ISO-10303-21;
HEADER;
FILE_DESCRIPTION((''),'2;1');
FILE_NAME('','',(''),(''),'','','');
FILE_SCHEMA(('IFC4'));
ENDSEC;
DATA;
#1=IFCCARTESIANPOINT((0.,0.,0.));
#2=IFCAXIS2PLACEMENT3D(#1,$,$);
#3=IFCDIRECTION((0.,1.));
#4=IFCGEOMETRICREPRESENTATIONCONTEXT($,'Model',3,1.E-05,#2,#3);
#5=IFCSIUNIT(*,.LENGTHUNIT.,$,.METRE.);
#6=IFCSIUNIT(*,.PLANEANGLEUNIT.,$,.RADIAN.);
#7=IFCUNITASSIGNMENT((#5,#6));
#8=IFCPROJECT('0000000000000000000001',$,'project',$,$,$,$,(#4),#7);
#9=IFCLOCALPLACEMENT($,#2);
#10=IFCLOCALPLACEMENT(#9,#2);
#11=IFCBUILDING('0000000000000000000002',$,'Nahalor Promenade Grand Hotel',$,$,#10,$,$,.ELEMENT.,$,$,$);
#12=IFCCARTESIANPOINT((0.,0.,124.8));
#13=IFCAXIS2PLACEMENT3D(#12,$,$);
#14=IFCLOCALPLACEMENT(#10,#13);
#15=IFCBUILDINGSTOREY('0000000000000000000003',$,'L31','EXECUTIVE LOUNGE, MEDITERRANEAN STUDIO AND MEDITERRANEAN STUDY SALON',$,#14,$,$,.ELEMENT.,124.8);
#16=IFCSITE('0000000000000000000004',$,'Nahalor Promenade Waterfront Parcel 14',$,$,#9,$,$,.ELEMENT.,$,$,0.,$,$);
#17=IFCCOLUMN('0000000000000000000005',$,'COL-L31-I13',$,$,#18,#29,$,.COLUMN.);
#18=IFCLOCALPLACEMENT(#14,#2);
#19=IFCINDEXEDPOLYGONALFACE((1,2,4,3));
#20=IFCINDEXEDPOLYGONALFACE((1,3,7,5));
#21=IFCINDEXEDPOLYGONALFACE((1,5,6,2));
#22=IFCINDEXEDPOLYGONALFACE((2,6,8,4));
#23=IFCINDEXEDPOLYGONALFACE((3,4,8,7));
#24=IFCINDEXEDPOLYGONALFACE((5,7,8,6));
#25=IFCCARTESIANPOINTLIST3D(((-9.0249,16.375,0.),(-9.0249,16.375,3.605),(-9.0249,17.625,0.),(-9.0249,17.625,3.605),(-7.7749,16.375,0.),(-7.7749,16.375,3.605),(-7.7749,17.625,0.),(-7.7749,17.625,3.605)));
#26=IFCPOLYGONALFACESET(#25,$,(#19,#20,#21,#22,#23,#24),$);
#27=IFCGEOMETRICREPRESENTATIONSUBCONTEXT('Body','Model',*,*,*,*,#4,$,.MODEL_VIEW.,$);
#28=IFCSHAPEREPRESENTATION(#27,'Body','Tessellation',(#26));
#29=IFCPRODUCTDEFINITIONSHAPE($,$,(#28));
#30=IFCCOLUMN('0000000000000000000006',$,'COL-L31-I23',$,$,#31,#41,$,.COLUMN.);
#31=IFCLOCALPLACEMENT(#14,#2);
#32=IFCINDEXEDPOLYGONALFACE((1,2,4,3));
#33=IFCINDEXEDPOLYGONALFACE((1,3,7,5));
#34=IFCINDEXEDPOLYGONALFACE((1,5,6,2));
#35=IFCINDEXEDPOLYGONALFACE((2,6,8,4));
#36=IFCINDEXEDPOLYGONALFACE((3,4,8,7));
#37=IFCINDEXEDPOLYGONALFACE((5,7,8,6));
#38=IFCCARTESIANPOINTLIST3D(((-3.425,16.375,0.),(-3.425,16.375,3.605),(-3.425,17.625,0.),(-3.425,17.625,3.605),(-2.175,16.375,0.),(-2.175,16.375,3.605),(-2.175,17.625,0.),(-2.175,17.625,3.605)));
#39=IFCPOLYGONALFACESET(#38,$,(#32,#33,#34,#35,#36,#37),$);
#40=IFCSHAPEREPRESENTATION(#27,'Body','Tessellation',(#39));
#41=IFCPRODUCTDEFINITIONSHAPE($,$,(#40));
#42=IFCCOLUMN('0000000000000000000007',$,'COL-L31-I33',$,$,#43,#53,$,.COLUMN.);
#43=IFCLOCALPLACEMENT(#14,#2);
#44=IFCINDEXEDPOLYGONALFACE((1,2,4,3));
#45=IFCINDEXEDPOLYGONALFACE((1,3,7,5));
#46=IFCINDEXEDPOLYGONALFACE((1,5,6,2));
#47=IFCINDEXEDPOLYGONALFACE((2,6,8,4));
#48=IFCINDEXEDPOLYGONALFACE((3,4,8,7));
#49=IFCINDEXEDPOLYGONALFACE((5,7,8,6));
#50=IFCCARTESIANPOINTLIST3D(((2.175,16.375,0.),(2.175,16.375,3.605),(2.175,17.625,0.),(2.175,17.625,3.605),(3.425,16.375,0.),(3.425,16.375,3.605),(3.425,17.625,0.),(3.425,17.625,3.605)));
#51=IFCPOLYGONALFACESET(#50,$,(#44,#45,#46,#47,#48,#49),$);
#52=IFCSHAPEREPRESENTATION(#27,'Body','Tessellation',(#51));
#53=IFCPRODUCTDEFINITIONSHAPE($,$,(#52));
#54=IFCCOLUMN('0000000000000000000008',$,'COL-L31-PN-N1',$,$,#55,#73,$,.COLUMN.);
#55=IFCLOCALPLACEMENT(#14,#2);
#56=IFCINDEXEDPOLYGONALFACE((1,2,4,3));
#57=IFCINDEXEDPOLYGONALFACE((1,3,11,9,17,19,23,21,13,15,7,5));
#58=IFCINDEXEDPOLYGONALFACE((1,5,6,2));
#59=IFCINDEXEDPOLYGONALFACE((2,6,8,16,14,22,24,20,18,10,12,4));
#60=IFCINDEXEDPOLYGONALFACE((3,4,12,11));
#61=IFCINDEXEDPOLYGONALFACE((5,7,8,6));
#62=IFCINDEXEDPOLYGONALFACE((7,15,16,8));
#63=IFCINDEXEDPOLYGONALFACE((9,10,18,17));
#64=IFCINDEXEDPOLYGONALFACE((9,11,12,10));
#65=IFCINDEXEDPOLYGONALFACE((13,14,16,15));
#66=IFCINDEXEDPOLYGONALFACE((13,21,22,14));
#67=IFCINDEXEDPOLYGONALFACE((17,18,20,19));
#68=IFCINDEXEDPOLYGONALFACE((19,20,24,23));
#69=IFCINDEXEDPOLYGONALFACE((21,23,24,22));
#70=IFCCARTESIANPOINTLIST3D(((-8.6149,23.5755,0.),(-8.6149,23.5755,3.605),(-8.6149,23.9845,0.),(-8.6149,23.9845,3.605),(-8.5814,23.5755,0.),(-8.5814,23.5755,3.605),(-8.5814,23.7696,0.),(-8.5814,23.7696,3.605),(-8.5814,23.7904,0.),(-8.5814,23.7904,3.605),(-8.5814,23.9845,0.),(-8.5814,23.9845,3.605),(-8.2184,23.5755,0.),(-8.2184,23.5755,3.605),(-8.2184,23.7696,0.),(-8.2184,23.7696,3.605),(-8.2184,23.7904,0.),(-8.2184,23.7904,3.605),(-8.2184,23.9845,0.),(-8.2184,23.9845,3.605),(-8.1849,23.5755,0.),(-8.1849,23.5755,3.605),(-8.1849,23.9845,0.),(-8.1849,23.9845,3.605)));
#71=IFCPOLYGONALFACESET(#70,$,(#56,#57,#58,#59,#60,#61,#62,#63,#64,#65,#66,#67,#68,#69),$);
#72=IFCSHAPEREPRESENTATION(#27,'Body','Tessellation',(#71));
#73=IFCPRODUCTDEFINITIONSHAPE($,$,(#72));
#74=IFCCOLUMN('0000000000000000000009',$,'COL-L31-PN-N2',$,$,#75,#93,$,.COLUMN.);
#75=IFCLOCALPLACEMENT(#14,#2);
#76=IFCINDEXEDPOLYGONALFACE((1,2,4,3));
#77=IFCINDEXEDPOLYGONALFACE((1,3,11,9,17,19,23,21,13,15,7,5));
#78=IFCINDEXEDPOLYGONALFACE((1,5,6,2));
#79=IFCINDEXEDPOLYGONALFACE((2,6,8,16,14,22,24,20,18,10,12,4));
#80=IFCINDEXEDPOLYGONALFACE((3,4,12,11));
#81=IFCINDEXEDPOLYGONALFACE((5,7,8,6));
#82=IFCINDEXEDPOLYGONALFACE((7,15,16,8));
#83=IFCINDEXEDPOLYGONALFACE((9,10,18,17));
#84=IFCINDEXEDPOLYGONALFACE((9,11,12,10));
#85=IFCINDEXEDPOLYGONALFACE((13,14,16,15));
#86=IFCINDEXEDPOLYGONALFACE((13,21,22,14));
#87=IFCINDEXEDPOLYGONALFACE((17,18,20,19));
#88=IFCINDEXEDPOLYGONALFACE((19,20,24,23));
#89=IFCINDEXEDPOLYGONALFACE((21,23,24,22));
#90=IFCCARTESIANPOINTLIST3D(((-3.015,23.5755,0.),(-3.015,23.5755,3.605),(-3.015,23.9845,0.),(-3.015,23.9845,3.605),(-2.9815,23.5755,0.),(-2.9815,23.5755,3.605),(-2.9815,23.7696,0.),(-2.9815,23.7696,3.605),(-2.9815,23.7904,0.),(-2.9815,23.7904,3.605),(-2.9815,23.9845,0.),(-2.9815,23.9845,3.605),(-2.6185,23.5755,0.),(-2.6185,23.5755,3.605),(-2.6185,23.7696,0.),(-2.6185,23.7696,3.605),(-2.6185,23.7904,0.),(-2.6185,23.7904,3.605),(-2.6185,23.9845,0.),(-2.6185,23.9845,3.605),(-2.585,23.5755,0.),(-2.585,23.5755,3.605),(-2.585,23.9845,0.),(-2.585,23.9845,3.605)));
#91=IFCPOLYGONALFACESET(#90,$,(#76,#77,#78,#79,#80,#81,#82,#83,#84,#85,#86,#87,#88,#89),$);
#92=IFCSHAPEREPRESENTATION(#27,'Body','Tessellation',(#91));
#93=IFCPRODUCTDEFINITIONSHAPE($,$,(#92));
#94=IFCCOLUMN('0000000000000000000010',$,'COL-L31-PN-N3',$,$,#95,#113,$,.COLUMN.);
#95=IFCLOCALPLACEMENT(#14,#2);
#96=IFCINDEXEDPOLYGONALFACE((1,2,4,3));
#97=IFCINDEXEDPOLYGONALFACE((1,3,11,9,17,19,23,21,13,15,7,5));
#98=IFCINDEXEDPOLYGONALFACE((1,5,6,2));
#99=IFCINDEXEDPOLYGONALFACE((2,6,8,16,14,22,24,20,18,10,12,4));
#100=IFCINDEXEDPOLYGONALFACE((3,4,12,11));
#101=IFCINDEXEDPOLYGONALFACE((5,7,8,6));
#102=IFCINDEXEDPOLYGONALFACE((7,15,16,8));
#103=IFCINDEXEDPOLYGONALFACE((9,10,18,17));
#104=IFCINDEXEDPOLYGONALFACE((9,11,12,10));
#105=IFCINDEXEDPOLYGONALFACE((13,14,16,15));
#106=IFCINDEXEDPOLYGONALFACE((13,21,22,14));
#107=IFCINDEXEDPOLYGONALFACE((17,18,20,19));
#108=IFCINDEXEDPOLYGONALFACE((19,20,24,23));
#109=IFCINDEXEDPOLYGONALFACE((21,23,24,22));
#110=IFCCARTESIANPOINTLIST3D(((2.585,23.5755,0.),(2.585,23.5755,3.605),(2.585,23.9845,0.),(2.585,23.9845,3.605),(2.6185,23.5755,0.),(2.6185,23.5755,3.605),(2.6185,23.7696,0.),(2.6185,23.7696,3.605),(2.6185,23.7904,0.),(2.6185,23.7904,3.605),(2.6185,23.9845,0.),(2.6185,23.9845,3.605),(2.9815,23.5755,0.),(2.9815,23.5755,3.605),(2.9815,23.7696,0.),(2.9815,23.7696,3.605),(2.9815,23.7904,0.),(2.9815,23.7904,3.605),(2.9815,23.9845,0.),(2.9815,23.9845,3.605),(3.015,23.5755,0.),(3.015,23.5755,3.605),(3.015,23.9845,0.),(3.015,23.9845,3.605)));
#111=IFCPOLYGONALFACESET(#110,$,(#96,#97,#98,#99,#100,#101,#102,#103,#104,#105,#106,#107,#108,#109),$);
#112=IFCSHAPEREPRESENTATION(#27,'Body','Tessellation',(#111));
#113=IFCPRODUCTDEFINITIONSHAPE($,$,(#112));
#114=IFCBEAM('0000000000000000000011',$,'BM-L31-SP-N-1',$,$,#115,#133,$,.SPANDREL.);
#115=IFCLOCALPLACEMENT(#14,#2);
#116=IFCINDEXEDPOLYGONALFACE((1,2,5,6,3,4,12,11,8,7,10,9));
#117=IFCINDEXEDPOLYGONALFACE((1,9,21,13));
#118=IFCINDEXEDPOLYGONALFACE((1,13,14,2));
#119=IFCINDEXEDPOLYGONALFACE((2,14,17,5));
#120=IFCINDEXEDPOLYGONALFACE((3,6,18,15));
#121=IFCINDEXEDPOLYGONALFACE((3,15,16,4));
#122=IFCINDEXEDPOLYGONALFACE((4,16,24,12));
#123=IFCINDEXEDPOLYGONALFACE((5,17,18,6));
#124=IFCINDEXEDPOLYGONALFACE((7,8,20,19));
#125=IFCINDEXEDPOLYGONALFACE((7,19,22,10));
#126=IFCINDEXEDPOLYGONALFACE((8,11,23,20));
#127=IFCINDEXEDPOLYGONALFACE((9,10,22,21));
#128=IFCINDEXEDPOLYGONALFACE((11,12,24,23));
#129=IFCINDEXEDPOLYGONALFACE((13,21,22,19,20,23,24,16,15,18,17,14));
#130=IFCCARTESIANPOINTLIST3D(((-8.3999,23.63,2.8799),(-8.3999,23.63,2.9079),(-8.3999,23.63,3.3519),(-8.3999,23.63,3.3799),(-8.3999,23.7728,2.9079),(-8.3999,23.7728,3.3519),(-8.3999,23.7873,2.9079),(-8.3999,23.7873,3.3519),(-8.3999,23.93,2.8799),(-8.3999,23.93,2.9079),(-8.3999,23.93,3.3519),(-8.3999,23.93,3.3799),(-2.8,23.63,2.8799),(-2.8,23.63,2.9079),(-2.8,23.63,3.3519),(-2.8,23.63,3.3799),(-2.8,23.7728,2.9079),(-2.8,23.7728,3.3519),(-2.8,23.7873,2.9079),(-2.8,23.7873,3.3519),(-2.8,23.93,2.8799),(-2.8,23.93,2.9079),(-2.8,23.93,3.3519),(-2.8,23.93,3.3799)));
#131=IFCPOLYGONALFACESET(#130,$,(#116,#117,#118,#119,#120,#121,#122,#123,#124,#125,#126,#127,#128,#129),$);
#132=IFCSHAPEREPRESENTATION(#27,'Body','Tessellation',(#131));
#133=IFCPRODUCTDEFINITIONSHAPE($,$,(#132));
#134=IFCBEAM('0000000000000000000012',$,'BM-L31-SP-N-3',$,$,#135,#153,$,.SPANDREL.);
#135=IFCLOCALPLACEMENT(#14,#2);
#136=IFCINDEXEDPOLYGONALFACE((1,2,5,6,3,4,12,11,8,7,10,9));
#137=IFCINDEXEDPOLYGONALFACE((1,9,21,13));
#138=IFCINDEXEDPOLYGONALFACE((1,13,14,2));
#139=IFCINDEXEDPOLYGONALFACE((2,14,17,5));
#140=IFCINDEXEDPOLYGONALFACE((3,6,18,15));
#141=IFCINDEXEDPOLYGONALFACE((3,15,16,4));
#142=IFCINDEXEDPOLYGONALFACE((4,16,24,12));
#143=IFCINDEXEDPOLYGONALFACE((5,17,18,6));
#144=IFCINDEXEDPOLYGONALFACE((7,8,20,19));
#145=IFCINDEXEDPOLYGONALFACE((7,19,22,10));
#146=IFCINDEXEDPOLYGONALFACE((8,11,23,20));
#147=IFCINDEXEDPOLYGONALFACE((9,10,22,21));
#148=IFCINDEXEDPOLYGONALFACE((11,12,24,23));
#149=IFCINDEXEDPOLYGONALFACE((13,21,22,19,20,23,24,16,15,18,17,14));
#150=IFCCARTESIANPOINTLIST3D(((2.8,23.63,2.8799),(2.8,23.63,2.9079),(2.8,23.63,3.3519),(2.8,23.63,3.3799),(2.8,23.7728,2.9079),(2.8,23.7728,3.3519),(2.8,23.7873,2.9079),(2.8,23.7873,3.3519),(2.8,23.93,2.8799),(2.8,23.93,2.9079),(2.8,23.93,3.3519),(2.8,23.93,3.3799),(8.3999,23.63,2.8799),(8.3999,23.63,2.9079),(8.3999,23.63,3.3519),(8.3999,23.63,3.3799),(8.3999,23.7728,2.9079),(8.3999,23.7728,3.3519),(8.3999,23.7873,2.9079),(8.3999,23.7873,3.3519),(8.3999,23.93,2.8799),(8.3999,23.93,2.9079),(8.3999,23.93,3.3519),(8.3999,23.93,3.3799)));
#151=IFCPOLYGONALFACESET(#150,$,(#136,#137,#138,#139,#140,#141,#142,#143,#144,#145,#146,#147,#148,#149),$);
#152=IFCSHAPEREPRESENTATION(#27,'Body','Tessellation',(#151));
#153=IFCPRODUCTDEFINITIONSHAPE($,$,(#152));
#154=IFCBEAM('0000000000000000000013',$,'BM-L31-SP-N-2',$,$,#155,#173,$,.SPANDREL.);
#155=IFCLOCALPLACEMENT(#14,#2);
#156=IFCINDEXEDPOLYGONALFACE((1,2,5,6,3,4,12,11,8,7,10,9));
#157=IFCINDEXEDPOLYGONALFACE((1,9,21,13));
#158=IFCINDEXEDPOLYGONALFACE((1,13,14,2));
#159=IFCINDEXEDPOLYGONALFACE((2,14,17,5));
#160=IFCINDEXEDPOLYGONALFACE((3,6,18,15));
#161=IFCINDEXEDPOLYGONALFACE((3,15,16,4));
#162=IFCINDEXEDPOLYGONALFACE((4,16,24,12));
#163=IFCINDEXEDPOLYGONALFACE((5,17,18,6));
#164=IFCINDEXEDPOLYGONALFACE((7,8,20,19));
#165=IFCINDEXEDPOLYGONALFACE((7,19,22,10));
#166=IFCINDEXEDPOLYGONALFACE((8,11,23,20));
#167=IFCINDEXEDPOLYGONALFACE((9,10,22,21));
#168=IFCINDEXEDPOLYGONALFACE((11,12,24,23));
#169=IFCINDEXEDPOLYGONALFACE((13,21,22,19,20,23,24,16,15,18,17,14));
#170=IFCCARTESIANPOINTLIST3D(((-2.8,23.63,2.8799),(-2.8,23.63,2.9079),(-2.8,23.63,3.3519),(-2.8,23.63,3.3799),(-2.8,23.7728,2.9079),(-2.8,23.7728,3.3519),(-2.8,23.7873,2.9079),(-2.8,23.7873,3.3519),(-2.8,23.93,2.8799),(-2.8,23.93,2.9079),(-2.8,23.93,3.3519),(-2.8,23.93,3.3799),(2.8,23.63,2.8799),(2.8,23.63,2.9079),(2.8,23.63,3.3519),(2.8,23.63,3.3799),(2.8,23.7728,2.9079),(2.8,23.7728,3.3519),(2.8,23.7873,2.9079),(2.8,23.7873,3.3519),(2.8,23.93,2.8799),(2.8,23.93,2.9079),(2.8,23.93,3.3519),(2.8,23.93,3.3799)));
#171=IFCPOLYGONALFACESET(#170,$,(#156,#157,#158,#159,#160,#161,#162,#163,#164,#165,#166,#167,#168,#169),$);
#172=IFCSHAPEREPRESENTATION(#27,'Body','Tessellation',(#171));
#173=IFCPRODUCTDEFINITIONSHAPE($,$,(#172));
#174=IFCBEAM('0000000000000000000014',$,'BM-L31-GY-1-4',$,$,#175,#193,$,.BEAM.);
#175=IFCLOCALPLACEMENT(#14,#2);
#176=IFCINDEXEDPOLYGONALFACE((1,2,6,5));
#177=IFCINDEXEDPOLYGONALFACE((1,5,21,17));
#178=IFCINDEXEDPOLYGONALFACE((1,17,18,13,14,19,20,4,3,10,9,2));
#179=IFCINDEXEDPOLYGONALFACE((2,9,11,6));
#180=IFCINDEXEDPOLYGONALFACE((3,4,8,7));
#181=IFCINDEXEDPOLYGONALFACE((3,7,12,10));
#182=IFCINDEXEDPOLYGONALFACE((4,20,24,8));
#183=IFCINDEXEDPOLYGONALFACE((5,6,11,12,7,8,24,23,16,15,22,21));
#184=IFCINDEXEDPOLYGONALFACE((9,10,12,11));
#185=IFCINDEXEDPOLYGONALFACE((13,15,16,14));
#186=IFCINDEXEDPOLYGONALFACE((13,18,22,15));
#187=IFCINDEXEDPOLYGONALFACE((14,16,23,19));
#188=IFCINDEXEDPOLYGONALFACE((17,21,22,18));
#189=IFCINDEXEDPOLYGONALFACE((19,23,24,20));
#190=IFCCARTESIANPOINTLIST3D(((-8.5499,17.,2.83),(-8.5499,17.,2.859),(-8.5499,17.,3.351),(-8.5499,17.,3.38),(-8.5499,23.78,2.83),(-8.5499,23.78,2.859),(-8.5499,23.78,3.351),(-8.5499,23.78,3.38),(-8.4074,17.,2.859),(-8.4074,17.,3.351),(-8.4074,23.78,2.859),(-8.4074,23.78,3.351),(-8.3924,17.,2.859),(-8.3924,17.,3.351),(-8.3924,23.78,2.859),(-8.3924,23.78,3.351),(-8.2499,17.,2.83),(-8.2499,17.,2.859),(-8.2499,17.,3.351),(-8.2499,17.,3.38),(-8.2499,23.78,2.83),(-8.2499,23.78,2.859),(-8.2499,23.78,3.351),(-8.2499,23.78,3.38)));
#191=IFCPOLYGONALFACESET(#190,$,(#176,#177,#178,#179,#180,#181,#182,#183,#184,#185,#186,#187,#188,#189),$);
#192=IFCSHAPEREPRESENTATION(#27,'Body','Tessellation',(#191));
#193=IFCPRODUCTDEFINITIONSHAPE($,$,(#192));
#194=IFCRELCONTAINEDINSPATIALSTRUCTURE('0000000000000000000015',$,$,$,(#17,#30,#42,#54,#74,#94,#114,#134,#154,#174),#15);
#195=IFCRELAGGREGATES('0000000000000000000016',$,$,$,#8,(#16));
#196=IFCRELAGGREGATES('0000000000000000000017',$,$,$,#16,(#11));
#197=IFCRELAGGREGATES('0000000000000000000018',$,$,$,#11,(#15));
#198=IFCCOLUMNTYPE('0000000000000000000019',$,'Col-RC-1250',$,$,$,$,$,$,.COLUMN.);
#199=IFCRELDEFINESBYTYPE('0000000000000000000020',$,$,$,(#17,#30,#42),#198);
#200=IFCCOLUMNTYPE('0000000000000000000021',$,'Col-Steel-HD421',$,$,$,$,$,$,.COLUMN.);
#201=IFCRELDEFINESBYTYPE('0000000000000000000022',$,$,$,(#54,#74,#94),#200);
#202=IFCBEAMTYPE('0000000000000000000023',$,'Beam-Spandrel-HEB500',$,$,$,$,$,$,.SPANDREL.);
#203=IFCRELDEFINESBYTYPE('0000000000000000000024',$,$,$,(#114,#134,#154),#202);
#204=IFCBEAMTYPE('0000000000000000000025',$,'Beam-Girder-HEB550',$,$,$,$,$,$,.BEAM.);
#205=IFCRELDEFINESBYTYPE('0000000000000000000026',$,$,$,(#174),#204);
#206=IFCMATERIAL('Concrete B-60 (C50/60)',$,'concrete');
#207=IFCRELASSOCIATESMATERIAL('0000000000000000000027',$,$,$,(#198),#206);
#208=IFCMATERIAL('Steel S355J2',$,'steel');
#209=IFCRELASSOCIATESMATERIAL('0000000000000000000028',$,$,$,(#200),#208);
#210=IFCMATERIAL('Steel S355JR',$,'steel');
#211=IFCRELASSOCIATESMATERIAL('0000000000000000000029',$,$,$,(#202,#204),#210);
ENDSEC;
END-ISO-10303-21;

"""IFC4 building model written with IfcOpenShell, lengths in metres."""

from ifc_helpers import new_model, si_unit, direction, frame, origin, origin_2d, place, context, subcontext, project, spatial, rectangle, i_section, extrude, source, transform, mapped, material, material_profile, profile_set, type_object, element, save


model = new_model("IFC4")

# Units and contexts
model_context = context("Model", 3, precision=1e-05, world=origin(), true_north=direction((0.0, 1.0)))
body_context = subcontext(model_context, "Body", "Model", "MODEL_VIEW")
ifc_project = project(units=[si_unit("LENGTHUNIT", "METRE"), si_unit("PLANEANGLEUNIT", "RADIAN")], contexts=[model_context])

# Site, building, storey
site_placement = place(None, origin())
site = spatial("IfcSite", under=ifc_project, at=site_placement, Name="Nahalor Promenade Waterfront Parcel 14", CompositionType="ELEMENT", RefElevation=0.0)
building_placement = place(site_placement, origin())
building = spatial("IfcBuilding", under=site, at=building_placement, Name="Nahalor Promenade Grand Hotel", CompositionType="ELEMENT")
storey_placement = place(building_placement, frame((0.0, 0.0, 124.8)))
storey = spatial("IfcBuildingStorey", under=building, at=storey_placement, Name="L31", Description="EXECUTIVE LOUNGE, MEDITERRANEAN STUDIO AND MEDITERRANEAN STUDY SALON", CompositionType="ELEMENT", Elevation=124.8)

# Columns
ifc_material_1 = material(Name="Concrete B-60 (C50/60)", Category="concrete")
ifc_material_profile_1 = material_profile(ifc_material_1, rectangle(XDim=1.25, YDim=1.25, at=origin_2d()), Name="RC 1250x1250")
ifc_profile_set_1 = profile_set([ifc_material_profile_1], Name="Concrete B-60 (C50/60)")
column_type_1 = type_object("IfcColumnType", Name="Col-RC-1250", PredefinedType="COLUMN", material=ifc_profile_set_1)
shared_shape_1 = source(origin(), body_context, "Body", "SweptSolid", [
    extrude(rectangle(XDim=1.25, YDim=1.25, at=origin_2d()), origin(), (0.0, 0.0, 1.0), 3.605),
])
for number, where, z_axis, x_axis, name in (
    (1, (-8.3999, 17.0, 0.0), (0.0, 0.0, 1.0), (1.0, 0.0, 0.0), "COL-L31-I13"),
    (2, (-2.8, 17.0, 0.0), (0.0, 0.0, 1.0), (1.0, 0.0, 0.0), "COL-L31-I23"),
    (3, (2.8, 17.0, 0.0), (0.0, 0.0, 1.0), (1.0, 0.0, 0.0), "COL-L31-I33"),
):
    element("IfcColumn", number, at=place(storey_placement, frame(where, z_axis=z_axis, x_axis=x_axis)), inside=storey, type_object=column_type_1, Name=name, PredefinedType="COLUMN", context=body_context, shape_type="MappedRepresentation", body=[
        mapped(shared_shape_1, transform((0.0, 0.0, 0.0), scale=1.0)),
    ])
ifc_material_2 = material(Name="Steel S355J2", Category="steel")
ifc_material_profile_2 = material_profile(ifc_material_2, i_section(OverallWidth=0.409, OverallDepth=0.43, WebThickness=0.0208, FlangeThickness=0.0335, at=origin_2d()), Name="HD 400x421")
ifc_profile_set_2 = profile_set([ifc_material_profile_2], Name="Steel S355J2")
column_type_2 = type_object("IfcColumnType", Name="Col-Steel-HD421", PredefinedType="COLUMN", material=ifc_profile_set_2)
shared_shape_2 = source(origin(), body_context, "Body", "SweptSolid", [
    extrude(i_section(OverallWidth=0.409, OverallDepth=0.43, WebThickness=0.0208, FlangeThickness=0.0335, at=origin_2d()), origin(), (0.0, 0.0, 1.0), 3.605),
])
for number, where, z_axis, x_axis, name in (
    (4, (-8.3999, 23.78, 0.0), (0.0, 0.0, 1.0), (0.0, 1.0, 0.0), "COL-L31-PN-N1"),
    (5, (-2.8, 23.78, 0.0), (0.0, 0.0, 1.0), (0.0, 1.0, 0.0), "COL-L31-PN-N2"),
    (6, (2.8, 23.78, 0.0), (0.0, 0.0, 1.0), (0.0, 1.0, 0.0), "COL-L31-PN-N3"),
):
    element("IfcColumn", number, at=place(storey_placement, frame(where, z_axis=z_axis, x_axis=x_axis)), inside=storey, type_object=column_type_2, Name=name, PredefinedType="COLUMN", context=body_context, shape_type="MappedRepresentation", body=[
        mapped(shared_shape_2, transform((0.0, 0.0, 0.0), scale=1.0)),
    ])

# Beams
ifc_material_3 = material(Name="Steel S355JR", Category="steel")
ifc_material_profile_3 = material_profile(ifc_material_3, i_section(OverallWidth=0.3, OverallDepth=0.5, WebThickness=0.0145, FlangeThickness=0.028, at=origin_2d()), Name="HEB 500")
ifc_profile_set_3 = profile_set([ifc_material_profile_3], Name="Steel S355JR")
beam_type_1 = type_object("IfcBeamType", Name="Beam-Spandrel-HEB500", PredefinedType="SPANDREL", material=ifc_profile_set_3)
shared_shape_3 = source(origin(), body_context, "Body", "SweptSolid", [
    extrude(i_section(OverallWidth=0.3, OverallDepth=0.5, WebThickness=0.0145, FlangeThickness=0.028, at=origin_2d()), origin(), (0.0, 0.0, 1.0), 5.5999),
])
for number, where, z_axis, x_axis, name in (
    (7, (-8.3999, 23.78, 3.1299), (1.0, 0.0, 0.0), (0.0, 1.0, 0.0), "BM-L31-SP-N-1"),
    (8, (2.8, 23.78, 3.1299), (1.0, 0.0, 0.0), (0.0, 1.0, 0.0), "BM-L31-SP-N-3"),
):
    element("IfcBeam", number, at=place(storey_placement, frame(where, z_axis=z_axis, x_axis=x_axis)), inside=storey, type_object=beam_type_1, Name=name, PredefinedType="SPANDREL", context=body_context, shape_type="MappedRepresentation", body=[
        mapped(shared_shape_3, transform((0.0, 0.0, 0.0), scale=1.0)),
    ])
shared_shape_4 = source(origin(), body_context, "Body", "SweptSolid", [
    extrude(i_section(OverallWidth=0.3, OverallDepth=0.5, WebThickness=0.0145, FlangeThickness=0.028, at=origin_2d()), origin(), (0.0, 0.0, 1.0), 5.6001),
])
beam_1_placement = place(storey_placement, frame((-2.8, 23.78, 3.1299), z_axis=(1.0, 0.0, 0.0), x_axis=(0.0, 1.0, 0.0)))
element("IfcBeam", 9, at=beam_1_placement, inside=storey, type_object=beam_type_1, Name="BM-L31-SP-N-2", PredefinedType="SPANDREL", context=body_context, shape_type="MappedRepresentation", body=[
    mapped(shared_shape_4, transform((0.0, 0.0, 0.0), scale=1.0)),
])
ifc_material_profile_4 = material_profile(ifc_material_3, i_section(OverallWidth=0.3, OverallDepth=0.55, WebThickness=0.015, FlangeThickness=0.029, at=origin_2d()), Name="HEB 550")
ifc_profile_set_4 = profile_set([ifc_material_profile_4], Name="Steel S355JR")
beam_type_2 = type_object("IfcBeamType", Name="Beam-Girder-HEB550", PredefinedType="BEAM", material=ifc_profile_set_4)
shared_shape_5 = source(origin(), body_context, "Body", "SweptSolid", [
    extrude(i_section(OverallWidth=0.3, OverallDepth=0.55, WebThickness=0.015, FlangeThickness=0.029, at=origin_2d()), origin(), (0.0, 0.0, 1.0), 6.78),
])
for number, where, z_axis, x_axis, name in (
    (10, (-8.3999, 17.0, 3.105), (0.0, 1.0, 0.0), (-1.0, 0.0, 0.0), "BM-L31-GY-1-4"),
):
    element("IfcBeam", number, at=place(storey_placement, frame(where, z_axis=z_axis, x_axis=x_axis)), inside=storey, type_object=beam_type_2, Name=name, PredefinedType="BEAM", context=body_context, shape_type="MappedRepresentation", body=[
        mapped(shared_shape_5, transform((0.0, 0.0, 0.0), scale=1.0)),
    ])

save(model, "model.ifc")
